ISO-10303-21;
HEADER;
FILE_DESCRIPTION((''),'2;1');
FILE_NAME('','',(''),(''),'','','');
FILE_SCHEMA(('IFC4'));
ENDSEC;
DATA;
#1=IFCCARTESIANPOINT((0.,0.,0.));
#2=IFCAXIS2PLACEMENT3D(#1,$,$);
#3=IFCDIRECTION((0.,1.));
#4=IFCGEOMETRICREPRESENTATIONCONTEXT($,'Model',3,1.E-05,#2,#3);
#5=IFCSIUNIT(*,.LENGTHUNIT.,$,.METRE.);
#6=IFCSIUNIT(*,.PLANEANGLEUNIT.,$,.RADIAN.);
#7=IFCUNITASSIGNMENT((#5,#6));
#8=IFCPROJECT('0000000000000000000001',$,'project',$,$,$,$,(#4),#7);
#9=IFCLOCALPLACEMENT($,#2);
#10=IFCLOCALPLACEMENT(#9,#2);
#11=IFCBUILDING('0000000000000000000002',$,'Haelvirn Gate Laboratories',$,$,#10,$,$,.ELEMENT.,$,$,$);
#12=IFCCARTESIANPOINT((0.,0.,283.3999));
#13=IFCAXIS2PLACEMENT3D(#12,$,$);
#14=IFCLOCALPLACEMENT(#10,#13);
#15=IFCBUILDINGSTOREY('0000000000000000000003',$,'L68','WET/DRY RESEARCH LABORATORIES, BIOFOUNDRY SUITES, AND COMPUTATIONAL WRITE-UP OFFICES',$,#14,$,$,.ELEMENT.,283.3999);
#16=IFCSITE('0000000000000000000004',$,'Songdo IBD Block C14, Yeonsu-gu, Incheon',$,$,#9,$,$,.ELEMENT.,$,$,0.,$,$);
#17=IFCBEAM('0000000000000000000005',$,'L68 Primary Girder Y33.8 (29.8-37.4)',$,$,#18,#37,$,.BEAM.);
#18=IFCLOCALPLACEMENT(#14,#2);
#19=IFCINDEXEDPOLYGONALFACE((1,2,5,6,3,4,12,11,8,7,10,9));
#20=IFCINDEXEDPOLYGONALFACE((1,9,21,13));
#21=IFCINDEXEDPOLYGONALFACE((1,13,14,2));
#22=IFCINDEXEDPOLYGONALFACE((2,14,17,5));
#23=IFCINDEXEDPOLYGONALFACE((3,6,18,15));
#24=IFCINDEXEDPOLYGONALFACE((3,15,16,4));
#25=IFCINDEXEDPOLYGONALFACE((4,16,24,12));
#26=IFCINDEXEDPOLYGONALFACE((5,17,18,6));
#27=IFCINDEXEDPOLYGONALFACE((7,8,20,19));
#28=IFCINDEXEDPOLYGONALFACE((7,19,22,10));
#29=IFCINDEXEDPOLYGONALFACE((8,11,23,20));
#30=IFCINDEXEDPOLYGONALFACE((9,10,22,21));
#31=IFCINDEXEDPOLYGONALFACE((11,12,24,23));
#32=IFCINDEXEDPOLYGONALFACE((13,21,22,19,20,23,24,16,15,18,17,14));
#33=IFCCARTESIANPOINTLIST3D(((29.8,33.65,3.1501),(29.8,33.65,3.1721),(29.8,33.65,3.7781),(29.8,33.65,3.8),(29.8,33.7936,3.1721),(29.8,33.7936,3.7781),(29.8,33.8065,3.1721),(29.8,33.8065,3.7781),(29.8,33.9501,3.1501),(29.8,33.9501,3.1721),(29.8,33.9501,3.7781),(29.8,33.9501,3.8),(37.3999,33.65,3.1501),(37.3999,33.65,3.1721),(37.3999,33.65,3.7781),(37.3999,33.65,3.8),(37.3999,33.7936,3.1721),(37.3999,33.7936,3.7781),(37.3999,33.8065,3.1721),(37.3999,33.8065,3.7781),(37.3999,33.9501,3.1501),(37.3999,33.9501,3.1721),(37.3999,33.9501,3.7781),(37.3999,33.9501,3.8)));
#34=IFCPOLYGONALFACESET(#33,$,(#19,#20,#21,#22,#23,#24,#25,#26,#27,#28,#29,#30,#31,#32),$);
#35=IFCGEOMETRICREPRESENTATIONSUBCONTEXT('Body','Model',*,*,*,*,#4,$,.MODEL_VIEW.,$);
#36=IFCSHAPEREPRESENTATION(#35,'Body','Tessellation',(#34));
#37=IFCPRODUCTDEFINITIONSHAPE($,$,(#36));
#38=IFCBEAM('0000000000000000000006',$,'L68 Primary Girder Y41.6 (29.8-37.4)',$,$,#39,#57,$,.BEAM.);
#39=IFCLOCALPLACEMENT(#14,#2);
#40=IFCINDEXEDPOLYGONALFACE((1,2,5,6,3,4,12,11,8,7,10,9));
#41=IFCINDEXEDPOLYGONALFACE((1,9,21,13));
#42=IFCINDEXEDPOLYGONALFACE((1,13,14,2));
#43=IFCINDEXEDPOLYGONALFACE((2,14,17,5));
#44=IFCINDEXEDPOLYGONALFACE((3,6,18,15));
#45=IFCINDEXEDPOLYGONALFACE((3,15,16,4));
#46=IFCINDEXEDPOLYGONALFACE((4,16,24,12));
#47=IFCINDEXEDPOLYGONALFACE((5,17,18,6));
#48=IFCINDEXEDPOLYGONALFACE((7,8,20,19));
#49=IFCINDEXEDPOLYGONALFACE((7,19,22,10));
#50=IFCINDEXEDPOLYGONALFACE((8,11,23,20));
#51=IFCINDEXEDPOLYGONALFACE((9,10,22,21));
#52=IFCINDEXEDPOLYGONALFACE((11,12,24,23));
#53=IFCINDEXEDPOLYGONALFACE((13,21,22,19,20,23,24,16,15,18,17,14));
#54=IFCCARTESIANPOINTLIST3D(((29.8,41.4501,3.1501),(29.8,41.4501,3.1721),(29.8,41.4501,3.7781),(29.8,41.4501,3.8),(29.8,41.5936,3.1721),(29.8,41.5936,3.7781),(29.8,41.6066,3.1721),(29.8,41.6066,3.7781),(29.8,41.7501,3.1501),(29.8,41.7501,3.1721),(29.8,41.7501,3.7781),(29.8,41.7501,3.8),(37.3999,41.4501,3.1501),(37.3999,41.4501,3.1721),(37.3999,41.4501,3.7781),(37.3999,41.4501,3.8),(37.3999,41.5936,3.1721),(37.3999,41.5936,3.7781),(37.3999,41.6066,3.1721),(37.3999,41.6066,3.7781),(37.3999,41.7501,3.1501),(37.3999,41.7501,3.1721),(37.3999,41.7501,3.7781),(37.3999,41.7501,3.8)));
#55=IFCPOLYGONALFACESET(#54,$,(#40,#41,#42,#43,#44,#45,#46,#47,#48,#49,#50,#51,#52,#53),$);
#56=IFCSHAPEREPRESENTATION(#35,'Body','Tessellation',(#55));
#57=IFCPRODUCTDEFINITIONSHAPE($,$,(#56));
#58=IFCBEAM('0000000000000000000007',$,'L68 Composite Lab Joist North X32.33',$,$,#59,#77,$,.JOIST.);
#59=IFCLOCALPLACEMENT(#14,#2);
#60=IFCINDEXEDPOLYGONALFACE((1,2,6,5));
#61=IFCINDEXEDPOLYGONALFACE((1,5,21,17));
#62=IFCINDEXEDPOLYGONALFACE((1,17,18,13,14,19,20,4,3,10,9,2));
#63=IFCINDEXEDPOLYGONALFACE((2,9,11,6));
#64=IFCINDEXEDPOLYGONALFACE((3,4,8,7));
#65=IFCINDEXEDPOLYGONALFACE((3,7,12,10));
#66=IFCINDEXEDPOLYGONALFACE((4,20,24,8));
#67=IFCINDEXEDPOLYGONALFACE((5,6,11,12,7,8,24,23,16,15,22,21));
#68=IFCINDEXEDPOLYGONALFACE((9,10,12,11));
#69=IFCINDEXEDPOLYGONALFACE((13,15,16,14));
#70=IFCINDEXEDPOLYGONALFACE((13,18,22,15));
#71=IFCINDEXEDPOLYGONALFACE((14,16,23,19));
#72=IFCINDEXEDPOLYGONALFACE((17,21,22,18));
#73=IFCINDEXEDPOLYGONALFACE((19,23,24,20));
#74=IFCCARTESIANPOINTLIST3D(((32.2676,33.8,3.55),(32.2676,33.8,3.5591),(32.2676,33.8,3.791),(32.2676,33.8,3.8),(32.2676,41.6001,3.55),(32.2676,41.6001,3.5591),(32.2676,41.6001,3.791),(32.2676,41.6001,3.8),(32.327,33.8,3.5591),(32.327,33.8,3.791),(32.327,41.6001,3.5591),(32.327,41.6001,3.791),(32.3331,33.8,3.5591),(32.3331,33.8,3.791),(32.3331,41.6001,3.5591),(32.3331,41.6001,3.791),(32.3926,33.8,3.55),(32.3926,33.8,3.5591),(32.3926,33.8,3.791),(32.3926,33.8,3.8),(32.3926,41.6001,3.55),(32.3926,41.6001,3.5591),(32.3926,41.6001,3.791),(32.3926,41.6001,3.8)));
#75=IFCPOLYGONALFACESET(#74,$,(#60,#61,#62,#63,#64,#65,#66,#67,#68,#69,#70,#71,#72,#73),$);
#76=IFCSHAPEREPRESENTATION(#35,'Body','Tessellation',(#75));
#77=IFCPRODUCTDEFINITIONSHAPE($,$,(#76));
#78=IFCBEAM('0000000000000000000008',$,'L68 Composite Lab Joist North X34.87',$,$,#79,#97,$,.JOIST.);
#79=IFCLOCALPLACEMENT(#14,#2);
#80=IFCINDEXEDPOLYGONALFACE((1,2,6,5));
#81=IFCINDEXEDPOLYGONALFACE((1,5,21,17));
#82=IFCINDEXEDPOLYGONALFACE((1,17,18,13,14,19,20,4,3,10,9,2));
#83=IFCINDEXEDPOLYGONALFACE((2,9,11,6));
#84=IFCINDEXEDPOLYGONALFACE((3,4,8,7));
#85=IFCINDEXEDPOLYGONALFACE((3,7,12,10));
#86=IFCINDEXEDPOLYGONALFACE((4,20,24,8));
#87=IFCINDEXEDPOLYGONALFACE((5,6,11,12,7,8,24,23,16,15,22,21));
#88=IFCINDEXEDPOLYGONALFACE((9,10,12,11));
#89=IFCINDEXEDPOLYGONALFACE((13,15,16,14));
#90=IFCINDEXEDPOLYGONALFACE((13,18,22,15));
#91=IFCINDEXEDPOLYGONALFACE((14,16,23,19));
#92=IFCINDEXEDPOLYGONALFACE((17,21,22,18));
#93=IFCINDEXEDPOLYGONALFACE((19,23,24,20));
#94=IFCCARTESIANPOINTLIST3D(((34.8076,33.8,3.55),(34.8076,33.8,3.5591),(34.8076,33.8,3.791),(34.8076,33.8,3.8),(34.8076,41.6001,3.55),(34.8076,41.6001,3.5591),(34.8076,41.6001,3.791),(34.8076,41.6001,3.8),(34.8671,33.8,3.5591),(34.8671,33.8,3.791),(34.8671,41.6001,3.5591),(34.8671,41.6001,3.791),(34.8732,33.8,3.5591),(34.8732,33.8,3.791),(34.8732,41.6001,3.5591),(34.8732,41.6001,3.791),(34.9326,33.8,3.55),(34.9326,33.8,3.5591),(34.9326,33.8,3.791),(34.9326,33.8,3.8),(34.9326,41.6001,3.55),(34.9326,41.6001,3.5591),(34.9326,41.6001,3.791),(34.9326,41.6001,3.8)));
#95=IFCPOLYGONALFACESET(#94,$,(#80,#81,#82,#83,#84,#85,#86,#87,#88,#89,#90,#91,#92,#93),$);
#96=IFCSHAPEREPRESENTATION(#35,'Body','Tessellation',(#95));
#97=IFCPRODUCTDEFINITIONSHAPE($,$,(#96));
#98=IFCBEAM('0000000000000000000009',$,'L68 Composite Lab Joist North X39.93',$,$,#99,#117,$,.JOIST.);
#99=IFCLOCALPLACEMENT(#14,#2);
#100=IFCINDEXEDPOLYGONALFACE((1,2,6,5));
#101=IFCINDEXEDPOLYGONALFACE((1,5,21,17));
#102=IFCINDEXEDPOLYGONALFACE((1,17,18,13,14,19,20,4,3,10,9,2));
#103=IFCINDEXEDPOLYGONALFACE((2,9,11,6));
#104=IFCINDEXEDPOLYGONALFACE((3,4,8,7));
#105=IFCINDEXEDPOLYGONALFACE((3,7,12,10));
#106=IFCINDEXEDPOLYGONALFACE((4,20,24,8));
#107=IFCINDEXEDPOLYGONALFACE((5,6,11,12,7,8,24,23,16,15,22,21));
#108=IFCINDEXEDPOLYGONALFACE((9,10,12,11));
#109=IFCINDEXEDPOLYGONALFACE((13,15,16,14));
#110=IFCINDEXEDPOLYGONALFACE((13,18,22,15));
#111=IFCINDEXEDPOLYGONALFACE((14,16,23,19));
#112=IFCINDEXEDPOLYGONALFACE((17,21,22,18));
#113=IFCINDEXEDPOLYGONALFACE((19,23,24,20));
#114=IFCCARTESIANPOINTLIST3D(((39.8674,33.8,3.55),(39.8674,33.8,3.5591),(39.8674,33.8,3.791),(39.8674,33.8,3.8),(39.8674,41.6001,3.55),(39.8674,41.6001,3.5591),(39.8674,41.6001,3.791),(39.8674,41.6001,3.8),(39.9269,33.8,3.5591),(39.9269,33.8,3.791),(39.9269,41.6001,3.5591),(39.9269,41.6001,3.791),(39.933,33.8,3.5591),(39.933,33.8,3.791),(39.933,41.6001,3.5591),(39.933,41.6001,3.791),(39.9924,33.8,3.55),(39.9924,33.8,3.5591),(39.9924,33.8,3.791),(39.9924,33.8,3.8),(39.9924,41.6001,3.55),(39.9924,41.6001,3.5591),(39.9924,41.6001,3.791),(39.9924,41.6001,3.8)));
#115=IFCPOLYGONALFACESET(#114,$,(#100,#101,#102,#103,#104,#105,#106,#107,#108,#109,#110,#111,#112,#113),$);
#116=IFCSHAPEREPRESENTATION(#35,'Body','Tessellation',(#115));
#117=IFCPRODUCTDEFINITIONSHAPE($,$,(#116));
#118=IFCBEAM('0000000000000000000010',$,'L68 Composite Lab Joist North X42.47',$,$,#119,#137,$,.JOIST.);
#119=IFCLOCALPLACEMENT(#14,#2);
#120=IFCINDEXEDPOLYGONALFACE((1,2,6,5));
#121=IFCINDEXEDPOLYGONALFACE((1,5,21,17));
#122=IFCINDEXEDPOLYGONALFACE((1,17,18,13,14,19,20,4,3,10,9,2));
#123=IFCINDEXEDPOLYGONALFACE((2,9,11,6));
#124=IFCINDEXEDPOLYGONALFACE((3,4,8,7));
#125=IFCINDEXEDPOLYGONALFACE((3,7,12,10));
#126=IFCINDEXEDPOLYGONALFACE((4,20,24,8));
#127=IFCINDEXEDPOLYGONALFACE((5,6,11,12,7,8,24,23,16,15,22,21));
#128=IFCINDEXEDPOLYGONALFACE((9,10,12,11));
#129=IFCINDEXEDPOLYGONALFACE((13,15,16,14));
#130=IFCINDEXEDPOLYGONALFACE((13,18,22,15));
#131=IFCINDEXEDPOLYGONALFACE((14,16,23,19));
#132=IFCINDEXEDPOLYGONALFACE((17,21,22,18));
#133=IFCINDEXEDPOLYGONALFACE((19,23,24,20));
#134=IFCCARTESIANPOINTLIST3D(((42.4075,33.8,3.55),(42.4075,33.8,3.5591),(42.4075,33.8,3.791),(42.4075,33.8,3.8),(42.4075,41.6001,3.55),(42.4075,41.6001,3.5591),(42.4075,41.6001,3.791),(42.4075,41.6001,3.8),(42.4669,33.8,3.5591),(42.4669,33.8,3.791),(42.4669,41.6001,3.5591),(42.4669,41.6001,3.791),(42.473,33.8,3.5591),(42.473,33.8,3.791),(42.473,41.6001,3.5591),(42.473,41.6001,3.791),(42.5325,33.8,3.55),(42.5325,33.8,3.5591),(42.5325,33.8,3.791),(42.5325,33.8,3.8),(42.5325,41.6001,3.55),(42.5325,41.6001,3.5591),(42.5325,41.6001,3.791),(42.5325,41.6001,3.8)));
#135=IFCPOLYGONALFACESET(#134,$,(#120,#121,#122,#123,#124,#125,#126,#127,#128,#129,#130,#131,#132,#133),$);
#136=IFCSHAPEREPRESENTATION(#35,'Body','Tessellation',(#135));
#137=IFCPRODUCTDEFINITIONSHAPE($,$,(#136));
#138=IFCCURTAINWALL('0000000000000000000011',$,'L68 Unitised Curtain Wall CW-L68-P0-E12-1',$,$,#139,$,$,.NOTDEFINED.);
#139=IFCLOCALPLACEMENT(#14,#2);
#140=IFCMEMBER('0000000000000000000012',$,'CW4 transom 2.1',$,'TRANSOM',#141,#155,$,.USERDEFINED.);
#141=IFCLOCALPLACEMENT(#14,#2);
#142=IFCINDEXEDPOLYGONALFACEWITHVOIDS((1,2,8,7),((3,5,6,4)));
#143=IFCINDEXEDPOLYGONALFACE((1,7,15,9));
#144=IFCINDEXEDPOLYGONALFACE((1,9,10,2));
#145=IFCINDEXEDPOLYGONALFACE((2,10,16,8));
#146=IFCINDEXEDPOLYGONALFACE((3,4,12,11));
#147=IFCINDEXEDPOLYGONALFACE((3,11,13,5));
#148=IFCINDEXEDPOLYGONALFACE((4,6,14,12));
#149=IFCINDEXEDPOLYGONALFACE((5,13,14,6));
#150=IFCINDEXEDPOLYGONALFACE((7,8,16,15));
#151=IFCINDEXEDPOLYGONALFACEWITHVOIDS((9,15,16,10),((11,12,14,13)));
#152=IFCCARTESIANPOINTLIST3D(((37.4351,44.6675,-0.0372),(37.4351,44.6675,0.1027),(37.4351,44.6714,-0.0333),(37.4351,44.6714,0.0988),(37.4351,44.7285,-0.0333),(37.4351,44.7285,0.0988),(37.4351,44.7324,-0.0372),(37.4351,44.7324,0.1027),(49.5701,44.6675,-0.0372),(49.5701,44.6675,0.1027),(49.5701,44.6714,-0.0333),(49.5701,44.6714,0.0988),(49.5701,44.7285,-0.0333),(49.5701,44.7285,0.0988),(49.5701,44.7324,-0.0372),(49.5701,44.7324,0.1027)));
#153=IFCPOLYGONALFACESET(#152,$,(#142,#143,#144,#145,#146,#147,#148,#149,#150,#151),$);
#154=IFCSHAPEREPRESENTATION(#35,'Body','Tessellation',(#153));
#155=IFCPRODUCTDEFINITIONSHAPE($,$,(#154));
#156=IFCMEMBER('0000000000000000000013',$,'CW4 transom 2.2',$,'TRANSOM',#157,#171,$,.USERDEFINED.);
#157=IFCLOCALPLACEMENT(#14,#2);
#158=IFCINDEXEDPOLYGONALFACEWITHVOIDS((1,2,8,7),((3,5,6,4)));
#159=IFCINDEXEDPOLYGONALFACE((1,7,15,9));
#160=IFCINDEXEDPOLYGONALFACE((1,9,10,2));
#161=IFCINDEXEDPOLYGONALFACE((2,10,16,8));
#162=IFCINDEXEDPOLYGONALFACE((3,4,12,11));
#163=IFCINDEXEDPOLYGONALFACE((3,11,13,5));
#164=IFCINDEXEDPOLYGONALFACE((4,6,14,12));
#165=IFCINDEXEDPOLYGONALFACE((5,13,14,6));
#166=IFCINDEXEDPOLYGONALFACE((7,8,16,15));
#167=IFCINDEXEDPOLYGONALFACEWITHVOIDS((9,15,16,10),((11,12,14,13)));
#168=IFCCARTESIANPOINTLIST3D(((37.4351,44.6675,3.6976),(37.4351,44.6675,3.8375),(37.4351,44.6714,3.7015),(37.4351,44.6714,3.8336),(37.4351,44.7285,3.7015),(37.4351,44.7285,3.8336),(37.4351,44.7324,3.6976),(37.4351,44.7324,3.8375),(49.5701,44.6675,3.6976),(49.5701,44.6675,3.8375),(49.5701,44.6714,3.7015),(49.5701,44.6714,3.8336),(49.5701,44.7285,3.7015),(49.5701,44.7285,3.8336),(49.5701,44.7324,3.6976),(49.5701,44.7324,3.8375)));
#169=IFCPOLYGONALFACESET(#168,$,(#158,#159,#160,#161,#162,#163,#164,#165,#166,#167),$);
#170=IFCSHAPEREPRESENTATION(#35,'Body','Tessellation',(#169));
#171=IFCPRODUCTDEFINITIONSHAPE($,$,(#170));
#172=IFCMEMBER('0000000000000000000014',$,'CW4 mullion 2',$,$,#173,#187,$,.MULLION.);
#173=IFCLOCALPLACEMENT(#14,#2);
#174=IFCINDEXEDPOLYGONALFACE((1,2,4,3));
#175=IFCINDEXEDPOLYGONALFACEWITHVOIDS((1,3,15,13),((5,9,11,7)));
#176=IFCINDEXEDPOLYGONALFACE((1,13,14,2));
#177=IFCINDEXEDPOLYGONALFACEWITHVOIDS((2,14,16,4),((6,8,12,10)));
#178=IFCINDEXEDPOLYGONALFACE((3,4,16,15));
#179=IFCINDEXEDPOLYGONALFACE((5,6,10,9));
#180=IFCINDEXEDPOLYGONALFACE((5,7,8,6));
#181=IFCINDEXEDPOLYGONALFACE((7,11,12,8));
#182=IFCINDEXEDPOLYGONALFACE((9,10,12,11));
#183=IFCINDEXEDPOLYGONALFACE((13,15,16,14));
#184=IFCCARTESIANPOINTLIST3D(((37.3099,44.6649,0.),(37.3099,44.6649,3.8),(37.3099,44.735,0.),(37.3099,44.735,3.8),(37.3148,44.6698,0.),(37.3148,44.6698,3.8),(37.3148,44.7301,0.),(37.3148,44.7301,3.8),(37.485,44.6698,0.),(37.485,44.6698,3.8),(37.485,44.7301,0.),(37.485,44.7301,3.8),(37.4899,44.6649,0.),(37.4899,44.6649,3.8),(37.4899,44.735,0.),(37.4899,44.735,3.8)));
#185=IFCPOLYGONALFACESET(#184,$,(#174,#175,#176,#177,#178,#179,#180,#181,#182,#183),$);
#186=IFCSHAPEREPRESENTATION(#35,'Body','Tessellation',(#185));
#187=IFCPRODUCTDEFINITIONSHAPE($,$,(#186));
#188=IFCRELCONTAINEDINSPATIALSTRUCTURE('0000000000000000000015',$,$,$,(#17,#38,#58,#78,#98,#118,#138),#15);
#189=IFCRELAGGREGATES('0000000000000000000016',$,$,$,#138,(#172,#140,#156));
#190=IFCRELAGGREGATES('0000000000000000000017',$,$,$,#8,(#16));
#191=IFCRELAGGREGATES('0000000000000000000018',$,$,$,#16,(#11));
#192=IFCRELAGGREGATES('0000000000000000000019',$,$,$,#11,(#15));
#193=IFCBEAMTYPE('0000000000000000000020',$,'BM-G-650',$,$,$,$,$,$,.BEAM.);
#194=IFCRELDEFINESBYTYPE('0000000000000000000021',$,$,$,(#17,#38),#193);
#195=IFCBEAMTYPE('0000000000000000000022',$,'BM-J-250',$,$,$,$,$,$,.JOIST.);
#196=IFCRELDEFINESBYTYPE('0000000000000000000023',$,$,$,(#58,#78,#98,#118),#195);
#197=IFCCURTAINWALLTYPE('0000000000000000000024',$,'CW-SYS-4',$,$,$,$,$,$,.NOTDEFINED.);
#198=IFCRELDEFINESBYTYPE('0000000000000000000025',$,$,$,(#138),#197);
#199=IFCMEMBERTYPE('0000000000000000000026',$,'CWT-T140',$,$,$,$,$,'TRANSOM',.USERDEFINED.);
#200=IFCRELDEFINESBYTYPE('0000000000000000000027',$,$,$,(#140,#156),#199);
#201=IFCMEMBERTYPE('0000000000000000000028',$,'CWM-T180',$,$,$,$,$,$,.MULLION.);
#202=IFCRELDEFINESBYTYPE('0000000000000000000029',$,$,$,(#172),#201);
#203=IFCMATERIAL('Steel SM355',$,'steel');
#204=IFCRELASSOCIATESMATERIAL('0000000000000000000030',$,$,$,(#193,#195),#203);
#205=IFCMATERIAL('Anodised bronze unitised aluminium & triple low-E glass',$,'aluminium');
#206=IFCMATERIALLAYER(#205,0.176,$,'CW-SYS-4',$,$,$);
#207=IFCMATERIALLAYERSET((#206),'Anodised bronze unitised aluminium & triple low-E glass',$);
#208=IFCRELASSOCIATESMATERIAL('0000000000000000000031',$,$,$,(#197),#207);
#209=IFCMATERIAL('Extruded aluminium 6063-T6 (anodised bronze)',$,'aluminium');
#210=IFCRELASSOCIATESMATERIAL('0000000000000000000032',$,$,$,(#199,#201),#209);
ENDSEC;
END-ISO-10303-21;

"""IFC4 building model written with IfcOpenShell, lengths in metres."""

from ifc_helpers import new_model, si_unit, direction, frame, origin, origin_2d, place, context, subcontext, project, spatial, hollow_rectangle, i_section, extrude, source, transform, mapped, material, layer, layer_set, material_profile, profile_set, type_object, type_shapes, element, aggregate, save


model = new_model("IFC4")

# Units and contexts
model_context = context("Model", 3, precision=1e-05, world=origin(), true_north=direction((0.0, 1.0)))
body_context = subcontext(model_context, "Body", "Model", "MODEL_VIEW")
ifc_project = project(units=[si_unit("LENGTHUNIT", "METRE"), si_unit("PLANEANGLEUNIT", "RADIAN")], contexts=[model_context])

# Site, building, storey
site_placement = place(None, origin())
site = spatial("IfcSite", under=ifc_project, at=site_placement, Name="Songdo IBD Block C14, Yeonsu-gu, Incheon", CompositionType="ELEMENT", RefElevation=0.0)
building_placement = place(site_placement, origin())
building = spatial("IfcBuilding", under=site, at=building_placement, Name="Haelvirn Gate Laboratories", CompositionType="ELEMENT")
storey_placement = place(building_placement, frame((0.0, 0.0, 283.3999)))
storey = spatial("IfcBuildingStorey", under=building, at=storey_placement, Name="L68", Description="WET/DRY RESEARCH LABORATORIES, BIOFOUNDRY SUITES, AND COMPUTATIONAL WRITE-UP OFFICES", CompositionType="ELEMENT", Elevation=283.3999)

# Shared definitions
ifc_material_1 = material(Name="Steel SM355", Category="steel")

# Beams
ifc_material_profile_1 = material_profile(ifc_material_1, i_section(OverallWidth=0.3, OverallDepth=0.6499, WebThickness=0.0129, FlangeThickness=0.022, at=origin_2d()), Name="H-650x300x13x22")
ifc_profile_set_1 = profile_set([ifc_material_profile_1], Name="Steel SM355")
beam_type_1 = type_object("IfcBeamType", Name="BM-G-650", PredefinedType="BEAM", material=ifc_profile_set_1)
shared_shape_1 = source(origin(), body_context, "Body", "SweptSolid", [
    extrude(i_section(OverallWidth=0.3, OverallDepth=0.6499, WebThickness=0.0129, FlangeThickness=0.022, at=origin_2d()), origin(), (0.0, 0.0, 1.0), 7.5999),
])
for number, where, z_axis, x_axis, name in (
    (1, (29.8, 33.8, 3.4751), (1.0, 0.0, 0.0), (0.0, 1.0, 0.0), "L68 Primary Girder Y33.8 (29.8-37.4)"),
    (2, (29.8, 41.6001, 3.4751), (1.0, 0.0, 0.0), (0.0, 1.0, 0.0), "L68 Primary Girder Y41.6 (29.8-37.4)"),
):
    element("IfcBeam", number, at=place(storey_placement, frame(where, z_axis=z_axis, x_axis=x_axis)), inside=storey, type_object=beam_type_1, Name=name, PredefinedType="BEAM", context=body_context, shape_type="MappedRepresentation", body=[
        mapped(shared_shape_1, transform((0.0, 0.0, 0.0), scale=1.0)),
    ])
ifc_material_profile_2 = material_profile(ifc_material_1, i_section(OverallWidth=0.125, OverallDepth=0.25, WebThickness=0.0061, FlangeThickness=0.009, at=origin_2d()), Name="H-250x125x6x9")
ifc_profile_set_2 = profile_set([ifc_material_profile_2], Name="Steel SM355")
beam_type_2 = type_object("IfcBeamType", Name="BM-J-250", PredefinedType="JOIST", material=ifc_profile_set_2)
shared_shape_2 = source(origin(), body_context, "Body", "SweptSolid", [
    extrude(i_section(OverallWidth=0.125, OverallDepth=0.25, WebThickness=0.0061, FlangeThickness=0.009, at=origin_2d()), origin(), (0.0, 0.0, 1.0), 7.8),
])
type_shapes(beam_type_2, [shared_shape_2])
for number, where, z_axis, x_axis, name in (
    (3, (32.3301, 33.8, 3.675), (0.0, 1.0, 0.0), (-1.0, 0.0, 0.0), "L68 Composite Lab Joist North X32.33"),
    (4, (34.8701, 33.8, 3.675), (0.0, 1.0, 0.0), (-1.0, 0.0, 0.0), "L68 Composite Lab Joist North X34.87"),
    (5, (39.9299, 33.8, 3.675), (0.0, 1.0, 0.0), (-1.0, 0.0, 0.0), "L68 Composite Lab Joist North X39.93"),
    (6, (42.47, 33.8, 3.675), (0.0, 1.0, 0.0), (-1.0, 0.0, 0.0), "L68 Composite Lab Joist North X42.47"),
):
    element("IfcBeam", number, at=place(storey_placement, frame(where, z_axis=z_axis, x_axis=x_axis)), inside=storey, type_object=beam_type_2, Name=name, PredefinedType="JOIST", context=body_context, shape_type="MappedRepresentation", body=[
        mapped(shared_shape_2, transform((0.0, 0.0, 0.0), scale=1.0)),
    ])

# Curtain wall, members
ifc_material_2 = material(Name="Anodised bronze unitised aluminium & triple low-E glass", Category="aluminium")
ifc_layer_1 = layer(ifc_material_2, 0.176, Name="CW-SYS-4")
ifc_layer_set_1 = layer_set([ifc_layer_1], Name="Anodised bronze unitised aluminium & triple low-E glass")
curtain_wall_type = type_object("IfcCurtainWallType", Name="CW-SYS-4", PredefinedType="NOTDEFINED", material=ifc_layer_set_1)
curtain_wall_placement = place(storey_placement, origin())
curtain_wall = element("IfcCurtainWall", 7, at=curtain_wall_placement, inside=storey, type_object=curtain_wall_type, Name="L68 Unitised Curtain Wall CW-L68-P0-E12-1", PredefinedType="NOTDEFINED")
ifc_material_3 = material(Name="Extruded aluminium 6063-T6 (anodised bronze)", Category="aluminium")
ifc_material_profile_3 = material_profile(ifc_material_3, hollow_rectangle(XDim=0.0649, YDim=0.1399, WallThickness=0.0039, at=origin_2d()), Name="CWT-140x65x4")
ifc_profile_set_3 = profile_set([ifc_material_profile_3], Name="Extruded aluminium 6063-T6 (anodised bronze)")
member_type_1 = type_object("IfcMemberType", Name="CWT-T140", ElementType="TRANSOM", PredefinedType="USERDEFINED", material=ifc_profile_set_3)
shared_shape_3 = source(origin(), body_context, "Body", "SweptSolid", [
    extrude(hollow_rectangle(XDim=0.0649, YDim=0.1399, WallThickness=0.0039, at=origin_2d()), origin(), (0.0, 0.0, 1.0), 12.135),
])
type_shapes(member_type_1, [shared_shape_3])
member_1_placement = place(storey_placement, frame((37.4351, 44.7, 0.0327), z_axis=(1.0, 0.0, 0.0), x_axis=(0.0, 1.0, 0.0)))
member_1 = element("IfcMember", 8, at=member_1_placement, type_object=member_type_1, Name="CW4 transom 2.1", ObjectType="TRANSOM", PredefinedType="USERDEFINED", context=body_context, shape_type="MappedRepresentation", body=[
    mapped(shared_shape_3, transform((0.0, 0.0, 0.0), scale=1.0)),
])
member_2_placement = place(storey_placement, frame((37.4351, 44.7, 3.7676), z_axis=(1.0, 0.0, 0.0), x_axis=(0.0, 1.0, 0.0)))
member_2 = element("IfcMember", 9, at=member_2_placement, type_object=member_type_1, Name="CW4 transom 2.2", ObjectType="TRANSOM", PredefinedType="USERDEFINED", context=body_context, shape_type="MappedRepresentation", body=[
    mapped(shared_shape_3, transform((0.0, 0.0, 0.0), scale=1.0)),
])
ifc_material_profile_4 = material_profile(ifc_material_3, hollow_rectangle(XDim=0.0701, YDim=0.1799, WallThickness=0.0049, at=origin_2d()), Name="CWM-180x70x5")
ifc_profile_set_4 = profile_set([ifc_material_profile_4], Name="Extruded aluminium 6063-T6 (anodised bronze)")
member_type_2 = type_object("IfcMemberType", Name="CWM-T180", PredefinedType="MULLION", material=ifc_profile_set_4)
shared_shape_4 = source(origin(), body_context, "Body", "SweptSolid", [
    extrude(hollow_rectangle(XDim=0.0701, YDim=0.1799, WallThickness=0.0049, at=origin_2d()), origin(), (0.0, 0.0, 1.0), 3.8),
])
type_shapes(member_type_2, [shared_shape_4])
member_3_placement = place(storey_placement, frame((37.3999, 44.7, 0.0), z_axis=(0.0, 0.0, 1.0), x_axis=(0.0, 1.0, 0.0)))
member_3 = element("IfcMember", 10, at=member_3_placement, type_object=member_type_2, Name="CW4 mullion 2", PredefinedType="MULLION", context=body_context, shape_type="MappedRepresentation", body=[
    mapped(shared_shape_4, transform((0.0, 0.0, 0.0), scale=1.0)),
])
aggregate(curtain_wall, [member_3, member_1, member_2])

save(model, "model.ifc")
